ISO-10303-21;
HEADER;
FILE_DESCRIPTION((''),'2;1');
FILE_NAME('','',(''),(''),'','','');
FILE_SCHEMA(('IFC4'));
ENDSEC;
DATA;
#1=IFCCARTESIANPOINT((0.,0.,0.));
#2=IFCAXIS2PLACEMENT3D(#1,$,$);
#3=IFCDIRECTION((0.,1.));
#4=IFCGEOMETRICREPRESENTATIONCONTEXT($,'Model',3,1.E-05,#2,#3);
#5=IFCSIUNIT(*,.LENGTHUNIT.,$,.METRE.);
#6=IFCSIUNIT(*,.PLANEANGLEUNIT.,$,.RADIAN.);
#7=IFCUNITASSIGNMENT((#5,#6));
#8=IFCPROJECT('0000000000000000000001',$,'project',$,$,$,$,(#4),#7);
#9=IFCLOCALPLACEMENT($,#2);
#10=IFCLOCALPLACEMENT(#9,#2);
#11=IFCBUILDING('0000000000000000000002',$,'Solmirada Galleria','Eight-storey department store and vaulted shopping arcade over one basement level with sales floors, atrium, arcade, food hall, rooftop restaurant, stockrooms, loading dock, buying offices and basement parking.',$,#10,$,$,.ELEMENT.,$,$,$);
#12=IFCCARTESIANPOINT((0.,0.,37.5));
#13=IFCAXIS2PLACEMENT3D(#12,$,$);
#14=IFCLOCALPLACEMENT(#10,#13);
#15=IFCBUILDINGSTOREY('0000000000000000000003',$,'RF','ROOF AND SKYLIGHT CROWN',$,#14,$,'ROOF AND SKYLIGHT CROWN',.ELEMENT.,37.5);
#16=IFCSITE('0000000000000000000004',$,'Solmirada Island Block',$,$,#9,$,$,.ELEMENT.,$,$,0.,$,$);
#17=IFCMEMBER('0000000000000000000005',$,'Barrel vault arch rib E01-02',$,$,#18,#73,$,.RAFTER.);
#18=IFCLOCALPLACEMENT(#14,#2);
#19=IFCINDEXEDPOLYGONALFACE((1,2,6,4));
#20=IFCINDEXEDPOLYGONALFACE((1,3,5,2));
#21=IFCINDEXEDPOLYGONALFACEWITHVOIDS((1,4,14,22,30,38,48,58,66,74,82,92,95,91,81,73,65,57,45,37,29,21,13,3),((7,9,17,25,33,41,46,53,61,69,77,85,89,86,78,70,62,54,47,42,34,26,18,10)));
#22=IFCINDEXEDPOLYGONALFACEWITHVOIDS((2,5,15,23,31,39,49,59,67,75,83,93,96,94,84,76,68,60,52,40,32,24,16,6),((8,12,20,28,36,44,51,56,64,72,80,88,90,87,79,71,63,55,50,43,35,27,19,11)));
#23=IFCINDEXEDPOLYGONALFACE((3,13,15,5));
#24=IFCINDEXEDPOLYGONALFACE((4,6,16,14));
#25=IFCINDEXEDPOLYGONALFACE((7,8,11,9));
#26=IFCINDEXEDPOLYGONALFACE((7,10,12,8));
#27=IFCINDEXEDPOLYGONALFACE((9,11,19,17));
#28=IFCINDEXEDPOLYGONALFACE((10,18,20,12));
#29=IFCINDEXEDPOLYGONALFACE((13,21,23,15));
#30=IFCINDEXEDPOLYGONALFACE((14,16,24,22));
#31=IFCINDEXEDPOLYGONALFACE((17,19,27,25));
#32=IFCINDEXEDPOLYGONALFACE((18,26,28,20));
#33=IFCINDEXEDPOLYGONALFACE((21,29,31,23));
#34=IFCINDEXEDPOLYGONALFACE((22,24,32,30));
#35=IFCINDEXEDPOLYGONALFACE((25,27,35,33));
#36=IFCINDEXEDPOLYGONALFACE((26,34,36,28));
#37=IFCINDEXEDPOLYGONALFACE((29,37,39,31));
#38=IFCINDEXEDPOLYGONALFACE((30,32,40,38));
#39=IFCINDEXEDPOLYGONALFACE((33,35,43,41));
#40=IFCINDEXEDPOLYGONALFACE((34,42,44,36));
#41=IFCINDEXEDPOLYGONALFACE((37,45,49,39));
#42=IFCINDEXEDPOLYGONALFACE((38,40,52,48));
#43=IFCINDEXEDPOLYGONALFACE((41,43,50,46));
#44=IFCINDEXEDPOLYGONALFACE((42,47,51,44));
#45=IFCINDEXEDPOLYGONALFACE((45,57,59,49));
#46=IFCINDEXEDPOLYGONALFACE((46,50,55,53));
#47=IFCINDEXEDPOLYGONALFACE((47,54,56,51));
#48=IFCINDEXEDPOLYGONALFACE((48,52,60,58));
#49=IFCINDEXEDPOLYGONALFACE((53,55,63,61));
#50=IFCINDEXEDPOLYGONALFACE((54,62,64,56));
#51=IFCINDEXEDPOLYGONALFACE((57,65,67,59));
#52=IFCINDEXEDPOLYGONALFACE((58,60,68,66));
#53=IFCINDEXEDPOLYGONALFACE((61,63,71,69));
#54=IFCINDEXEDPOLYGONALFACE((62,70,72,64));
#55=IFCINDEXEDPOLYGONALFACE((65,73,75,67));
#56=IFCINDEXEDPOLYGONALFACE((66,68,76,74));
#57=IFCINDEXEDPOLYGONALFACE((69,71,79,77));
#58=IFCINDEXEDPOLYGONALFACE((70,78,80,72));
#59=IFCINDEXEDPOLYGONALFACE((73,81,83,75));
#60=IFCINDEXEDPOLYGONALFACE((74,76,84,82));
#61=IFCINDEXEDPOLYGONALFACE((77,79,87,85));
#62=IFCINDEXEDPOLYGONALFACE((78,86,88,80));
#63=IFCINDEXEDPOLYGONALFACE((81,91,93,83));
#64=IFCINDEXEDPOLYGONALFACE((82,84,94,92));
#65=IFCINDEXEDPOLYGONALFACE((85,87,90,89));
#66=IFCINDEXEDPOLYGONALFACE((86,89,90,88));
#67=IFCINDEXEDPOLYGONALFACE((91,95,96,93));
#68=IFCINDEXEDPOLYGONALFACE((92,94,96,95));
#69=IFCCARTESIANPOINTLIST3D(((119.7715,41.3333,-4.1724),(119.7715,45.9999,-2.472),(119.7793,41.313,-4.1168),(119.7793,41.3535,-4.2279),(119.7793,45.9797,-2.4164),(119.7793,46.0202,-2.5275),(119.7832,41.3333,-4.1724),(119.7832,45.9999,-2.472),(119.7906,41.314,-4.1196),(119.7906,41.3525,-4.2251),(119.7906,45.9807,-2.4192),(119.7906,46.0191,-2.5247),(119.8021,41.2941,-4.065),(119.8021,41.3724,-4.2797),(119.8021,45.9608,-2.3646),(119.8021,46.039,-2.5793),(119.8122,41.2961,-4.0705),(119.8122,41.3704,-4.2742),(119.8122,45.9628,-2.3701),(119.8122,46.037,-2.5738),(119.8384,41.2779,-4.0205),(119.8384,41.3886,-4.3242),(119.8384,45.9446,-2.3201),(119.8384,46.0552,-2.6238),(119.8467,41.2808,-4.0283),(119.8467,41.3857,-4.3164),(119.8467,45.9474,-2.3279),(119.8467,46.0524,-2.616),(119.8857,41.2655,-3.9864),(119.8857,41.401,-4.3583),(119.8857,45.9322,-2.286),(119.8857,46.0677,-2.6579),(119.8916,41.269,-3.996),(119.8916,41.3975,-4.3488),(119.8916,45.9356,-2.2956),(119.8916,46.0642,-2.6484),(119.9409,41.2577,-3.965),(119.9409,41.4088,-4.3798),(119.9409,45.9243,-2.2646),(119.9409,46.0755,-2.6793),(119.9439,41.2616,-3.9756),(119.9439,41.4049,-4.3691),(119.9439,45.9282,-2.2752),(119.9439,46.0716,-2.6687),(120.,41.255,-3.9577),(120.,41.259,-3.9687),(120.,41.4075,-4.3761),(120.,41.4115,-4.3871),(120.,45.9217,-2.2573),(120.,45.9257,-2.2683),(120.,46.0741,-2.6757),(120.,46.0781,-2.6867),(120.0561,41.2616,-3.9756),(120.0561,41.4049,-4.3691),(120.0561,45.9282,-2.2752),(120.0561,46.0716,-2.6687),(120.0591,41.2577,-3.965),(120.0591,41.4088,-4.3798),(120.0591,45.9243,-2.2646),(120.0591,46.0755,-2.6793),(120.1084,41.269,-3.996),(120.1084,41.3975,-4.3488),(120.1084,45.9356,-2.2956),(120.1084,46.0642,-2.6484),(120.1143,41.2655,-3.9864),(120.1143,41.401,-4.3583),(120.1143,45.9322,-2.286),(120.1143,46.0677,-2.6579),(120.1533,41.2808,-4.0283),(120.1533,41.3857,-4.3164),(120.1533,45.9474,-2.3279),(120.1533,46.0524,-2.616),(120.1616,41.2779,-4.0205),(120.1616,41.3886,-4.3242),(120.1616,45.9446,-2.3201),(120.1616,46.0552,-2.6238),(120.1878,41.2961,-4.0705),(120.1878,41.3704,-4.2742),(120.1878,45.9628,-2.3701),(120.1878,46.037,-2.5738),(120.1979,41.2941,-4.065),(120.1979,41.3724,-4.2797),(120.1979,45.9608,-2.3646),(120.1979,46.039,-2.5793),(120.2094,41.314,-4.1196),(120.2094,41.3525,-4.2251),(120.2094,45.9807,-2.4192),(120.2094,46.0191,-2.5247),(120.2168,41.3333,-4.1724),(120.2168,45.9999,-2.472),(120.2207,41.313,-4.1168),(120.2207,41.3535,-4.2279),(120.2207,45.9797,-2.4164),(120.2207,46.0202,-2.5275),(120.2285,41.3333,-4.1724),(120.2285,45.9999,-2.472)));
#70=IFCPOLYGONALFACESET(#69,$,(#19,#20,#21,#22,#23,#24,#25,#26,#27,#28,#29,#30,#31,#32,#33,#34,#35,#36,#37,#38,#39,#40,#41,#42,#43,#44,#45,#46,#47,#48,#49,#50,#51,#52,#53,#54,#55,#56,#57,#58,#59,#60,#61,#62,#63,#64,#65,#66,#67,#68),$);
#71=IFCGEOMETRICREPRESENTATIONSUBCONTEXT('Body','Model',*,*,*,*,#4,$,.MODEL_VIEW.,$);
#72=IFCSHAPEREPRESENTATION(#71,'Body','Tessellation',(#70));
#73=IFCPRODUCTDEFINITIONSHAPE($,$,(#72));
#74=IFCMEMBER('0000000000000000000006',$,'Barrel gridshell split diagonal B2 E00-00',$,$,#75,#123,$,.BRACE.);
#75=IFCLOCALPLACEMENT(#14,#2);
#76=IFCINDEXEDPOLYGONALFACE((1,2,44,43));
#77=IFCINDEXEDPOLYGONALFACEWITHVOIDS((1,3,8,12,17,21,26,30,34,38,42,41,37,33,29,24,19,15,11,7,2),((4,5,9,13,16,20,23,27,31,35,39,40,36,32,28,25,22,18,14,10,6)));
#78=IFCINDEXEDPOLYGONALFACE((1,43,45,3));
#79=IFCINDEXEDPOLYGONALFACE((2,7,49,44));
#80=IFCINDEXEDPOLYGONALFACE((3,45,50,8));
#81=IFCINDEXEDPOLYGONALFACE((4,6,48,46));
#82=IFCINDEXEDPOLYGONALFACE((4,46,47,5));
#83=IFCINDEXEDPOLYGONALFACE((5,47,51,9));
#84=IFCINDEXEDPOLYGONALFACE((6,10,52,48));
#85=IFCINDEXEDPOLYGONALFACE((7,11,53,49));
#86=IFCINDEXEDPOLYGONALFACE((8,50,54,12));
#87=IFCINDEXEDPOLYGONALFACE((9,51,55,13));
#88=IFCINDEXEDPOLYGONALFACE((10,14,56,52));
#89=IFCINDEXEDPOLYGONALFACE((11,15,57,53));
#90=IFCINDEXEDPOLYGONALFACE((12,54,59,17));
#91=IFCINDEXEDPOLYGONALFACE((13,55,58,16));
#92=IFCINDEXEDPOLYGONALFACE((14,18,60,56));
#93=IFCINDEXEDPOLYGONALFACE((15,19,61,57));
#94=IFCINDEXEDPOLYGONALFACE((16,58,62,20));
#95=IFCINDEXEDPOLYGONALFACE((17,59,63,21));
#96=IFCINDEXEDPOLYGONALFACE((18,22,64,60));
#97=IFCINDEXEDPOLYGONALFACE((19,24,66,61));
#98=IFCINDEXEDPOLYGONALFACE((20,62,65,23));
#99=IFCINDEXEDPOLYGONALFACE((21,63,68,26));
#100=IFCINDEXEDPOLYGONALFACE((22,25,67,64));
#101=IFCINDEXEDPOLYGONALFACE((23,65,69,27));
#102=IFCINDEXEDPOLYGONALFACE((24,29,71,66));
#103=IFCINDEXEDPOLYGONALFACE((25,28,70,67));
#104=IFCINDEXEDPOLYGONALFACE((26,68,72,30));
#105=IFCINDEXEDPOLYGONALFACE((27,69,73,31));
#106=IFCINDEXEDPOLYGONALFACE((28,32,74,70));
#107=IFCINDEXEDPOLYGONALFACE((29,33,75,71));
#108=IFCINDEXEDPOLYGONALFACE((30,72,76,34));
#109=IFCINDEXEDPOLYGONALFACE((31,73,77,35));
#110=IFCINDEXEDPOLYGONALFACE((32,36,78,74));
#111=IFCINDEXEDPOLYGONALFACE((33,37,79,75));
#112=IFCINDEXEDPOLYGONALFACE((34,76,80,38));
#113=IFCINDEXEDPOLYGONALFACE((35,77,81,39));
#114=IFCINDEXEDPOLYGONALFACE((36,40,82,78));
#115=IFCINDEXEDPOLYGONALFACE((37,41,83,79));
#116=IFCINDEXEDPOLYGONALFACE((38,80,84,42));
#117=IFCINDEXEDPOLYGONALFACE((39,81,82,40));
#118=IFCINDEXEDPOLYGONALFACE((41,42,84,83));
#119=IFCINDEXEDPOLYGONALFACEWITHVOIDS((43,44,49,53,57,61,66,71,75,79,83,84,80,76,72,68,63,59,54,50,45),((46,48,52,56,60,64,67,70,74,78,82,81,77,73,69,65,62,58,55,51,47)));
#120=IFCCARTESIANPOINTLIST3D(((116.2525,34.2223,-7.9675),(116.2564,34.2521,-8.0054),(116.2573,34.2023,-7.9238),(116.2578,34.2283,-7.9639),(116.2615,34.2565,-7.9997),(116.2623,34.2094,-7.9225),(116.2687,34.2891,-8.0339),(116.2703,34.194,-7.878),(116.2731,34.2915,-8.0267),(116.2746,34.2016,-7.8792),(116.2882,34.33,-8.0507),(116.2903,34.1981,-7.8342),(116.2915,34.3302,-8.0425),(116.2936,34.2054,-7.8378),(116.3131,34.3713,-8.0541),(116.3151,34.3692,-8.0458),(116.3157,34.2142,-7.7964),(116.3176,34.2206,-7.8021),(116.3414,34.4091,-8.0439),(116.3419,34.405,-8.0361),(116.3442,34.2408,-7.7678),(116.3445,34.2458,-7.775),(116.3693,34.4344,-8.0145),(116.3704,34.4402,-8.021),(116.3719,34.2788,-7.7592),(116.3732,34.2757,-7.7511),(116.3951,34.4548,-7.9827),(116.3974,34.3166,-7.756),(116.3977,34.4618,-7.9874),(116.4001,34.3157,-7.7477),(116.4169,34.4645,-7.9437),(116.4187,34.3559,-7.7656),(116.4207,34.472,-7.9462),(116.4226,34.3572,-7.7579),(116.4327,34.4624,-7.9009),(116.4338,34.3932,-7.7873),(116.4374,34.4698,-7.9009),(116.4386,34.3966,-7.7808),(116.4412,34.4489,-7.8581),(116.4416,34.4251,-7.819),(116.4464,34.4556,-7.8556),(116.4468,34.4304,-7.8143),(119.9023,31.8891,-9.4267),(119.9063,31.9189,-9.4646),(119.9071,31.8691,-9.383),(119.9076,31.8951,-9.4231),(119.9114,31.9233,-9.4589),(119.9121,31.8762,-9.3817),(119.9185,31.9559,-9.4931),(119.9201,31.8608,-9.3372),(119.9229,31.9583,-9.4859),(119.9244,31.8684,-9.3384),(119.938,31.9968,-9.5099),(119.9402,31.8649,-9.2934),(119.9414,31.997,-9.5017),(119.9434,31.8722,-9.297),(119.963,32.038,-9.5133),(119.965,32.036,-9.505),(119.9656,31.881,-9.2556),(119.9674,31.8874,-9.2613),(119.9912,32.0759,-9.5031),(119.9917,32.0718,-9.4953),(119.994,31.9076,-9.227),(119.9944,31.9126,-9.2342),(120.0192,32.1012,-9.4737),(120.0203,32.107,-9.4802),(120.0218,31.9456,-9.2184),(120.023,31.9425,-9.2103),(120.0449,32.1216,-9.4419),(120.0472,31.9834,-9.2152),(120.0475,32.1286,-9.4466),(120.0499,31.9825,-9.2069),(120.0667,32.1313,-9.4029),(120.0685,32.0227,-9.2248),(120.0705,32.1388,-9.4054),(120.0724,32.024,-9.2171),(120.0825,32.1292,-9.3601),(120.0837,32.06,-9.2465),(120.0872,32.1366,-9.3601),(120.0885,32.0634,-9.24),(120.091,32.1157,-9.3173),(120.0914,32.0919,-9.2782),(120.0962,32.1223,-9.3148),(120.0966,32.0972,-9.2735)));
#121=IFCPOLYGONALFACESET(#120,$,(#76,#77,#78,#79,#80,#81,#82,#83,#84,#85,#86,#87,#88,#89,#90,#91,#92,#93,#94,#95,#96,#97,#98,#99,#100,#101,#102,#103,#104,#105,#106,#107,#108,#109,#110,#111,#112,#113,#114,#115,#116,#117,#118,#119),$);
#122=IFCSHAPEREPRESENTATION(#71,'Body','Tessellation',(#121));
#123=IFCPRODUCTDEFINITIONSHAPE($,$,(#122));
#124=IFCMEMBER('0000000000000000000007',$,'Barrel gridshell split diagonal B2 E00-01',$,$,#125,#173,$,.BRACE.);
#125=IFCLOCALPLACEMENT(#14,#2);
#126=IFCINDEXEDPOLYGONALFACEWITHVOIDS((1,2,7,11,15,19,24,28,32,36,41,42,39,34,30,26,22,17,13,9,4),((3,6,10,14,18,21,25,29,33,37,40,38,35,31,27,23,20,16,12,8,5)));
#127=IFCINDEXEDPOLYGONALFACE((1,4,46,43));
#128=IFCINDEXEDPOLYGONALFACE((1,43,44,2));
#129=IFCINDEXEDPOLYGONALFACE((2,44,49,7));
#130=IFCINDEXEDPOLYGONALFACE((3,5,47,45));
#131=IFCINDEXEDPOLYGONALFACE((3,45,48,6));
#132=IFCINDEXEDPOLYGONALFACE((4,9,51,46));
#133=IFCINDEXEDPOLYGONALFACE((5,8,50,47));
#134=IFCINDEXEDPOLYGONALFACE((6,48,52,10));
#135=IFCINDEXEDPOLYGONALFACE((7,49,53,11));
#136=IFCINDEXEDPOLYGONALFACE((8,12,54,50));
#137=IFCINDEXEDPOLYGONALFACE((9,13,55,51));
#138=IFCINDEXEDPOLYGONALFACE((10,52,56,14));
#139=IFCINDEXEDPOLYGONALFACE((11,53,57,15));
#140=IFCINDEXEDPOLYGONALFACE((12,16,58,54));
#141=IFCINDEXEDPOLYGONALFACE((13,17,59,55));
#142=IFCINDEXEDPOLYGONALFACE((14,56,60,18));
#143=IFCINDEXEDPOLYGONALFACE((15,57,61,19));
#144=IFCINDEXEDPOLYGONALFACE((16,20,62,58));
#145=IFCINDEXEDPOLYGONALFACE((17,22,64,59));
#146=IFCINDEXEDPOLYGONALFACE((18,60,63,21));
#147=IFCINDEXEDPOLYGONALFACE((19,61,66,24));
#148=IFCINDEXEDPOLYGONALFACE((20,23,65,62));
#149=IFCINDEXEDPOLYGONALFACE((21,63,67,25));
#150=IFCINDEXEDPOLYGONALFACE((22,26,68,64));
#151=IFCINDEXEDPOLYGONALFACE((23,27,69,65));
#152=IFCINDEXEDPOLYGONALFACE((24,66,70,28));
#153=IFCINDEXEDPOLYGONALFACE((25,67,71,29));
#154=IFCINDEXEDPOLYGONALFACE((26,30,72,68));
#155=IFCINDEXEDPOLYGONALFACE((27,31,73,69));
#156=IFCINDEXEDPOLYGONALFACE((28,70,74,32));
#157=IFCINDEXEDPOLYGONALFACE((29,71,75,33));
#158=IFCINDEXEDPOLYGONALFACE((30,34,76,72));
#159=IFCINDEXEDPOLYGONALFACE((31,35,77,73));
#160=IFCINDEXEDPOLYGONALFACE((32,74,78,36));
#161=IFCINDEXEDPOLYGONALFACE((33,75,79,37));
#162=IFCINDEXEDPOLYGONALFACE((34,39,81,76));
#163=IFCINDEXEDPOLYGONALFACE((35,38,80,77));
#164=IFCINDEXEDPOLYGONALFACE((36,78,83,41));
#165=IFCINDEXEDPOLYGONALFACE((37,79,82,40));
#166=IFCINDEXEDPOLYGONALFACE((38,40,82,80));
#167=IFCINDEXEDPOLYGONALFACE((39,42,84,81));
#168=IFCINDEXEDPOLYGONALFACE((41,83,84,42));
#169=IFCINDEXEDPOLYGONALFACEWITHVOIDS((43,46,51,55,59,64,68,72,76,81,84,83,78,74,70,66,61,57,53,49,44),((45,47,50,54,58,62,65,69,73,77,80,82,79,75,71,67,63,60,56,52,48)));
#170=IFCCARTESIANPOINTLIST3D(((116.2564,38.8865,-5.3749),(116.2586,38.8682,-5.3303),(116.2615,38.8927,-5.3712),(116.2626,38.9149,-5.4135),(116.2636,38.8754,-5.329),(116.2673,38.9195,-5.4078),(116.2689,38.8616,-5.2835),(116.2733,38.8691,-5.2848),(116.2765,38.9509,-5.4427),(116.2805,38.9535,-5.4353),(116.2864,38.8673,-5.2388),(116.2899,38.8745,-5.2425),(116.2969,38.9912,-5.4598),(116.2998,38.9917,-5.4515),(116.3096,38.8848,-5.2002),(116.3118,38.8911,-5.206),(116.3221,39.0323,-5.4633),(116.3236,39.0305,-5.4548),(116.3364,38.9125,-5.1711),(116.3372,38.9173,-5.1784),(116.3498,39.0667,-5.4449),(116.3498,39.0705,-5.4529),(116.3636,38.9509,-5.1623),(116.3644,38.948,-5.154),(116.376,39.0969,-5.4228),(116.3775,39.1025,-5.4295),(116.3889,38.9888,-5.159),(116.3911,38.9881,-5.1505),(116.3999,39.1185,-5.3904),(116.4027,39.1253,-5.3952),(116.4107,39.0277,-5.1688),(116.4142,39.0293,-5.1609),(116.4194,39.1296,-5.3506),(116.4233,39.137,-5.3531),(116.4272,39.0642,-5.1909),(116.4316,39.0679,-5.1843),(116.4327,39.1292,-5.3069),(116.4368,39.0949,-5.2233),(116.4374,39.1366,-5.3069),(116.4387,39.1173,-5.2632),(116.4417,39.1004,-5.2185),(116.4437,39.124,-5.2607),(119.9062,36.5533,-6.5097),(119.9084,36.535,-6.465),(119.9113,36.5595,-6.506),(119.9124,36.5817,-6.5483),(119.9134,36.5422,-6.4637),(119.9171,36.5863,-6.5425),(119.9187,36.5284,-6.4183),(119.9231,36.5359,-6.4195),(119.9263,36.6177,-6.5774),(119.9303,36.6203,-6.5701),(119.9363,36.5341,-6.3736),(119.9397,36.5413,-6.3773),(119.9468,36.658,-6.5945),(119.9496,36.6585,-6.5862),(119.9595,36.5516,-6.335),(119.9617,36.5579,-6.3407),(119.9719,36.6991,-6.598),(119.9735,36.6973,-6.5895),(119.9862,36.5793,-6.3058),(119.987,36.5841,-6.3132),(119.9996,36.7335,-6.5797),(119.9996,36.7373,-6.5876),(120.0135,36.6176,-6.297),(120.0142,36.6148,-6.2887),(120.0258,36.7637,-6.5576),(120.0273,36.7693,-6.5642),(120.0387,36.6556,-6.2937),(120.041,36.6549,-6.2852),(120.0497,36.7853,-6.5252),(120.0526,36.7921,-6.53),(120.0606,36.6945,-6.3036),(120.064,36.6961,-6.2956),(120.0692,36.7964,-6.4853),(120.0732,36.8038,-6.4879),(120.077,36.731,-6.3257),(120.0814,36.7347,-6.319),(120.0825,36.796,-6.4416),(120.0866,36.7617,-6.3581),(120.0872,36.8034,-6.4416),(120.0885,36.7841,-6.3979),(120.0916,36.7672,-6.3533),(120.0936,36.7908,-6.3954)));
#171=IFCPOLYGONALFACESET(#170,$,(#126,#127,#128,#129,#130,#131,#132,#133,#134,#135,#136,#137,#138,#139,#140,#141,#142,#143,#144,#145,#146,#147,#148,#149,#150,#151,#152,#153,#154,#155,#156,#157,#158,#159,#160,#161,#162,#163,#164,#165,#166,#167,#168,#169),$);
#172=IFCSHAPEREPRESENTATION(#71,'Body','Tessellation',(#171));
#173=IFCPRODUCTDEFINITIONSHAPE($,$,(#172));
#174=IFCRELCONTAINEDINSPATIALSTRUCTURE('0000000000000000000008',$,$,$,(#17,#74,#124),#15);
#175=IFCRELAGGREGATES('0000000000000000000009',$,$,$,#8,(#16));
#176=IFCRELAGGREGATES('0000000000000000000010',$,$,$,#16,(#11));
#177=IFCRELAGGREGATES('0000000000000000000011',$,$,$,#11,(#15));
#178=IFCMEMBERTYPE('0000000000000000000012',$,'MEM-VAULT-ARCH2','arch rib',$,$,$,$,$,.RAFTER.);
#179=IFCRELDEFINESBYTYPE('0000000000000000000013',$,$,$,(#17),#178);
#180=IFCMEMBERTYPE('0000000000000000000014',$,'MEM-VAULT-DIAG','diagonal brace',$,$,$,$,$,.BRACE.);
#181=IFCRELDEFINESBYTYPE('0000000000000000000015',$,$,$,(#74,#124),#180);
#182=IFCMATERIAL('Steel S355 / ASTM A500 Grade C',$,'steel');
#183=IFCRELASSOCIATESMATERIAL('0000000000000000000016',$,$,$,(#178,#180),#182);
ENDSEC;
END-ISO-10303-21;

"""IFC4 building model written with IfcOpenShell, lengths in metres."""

from ifc_helpers import new_model, si_unit, direction, frame, origin, origin_2d, place, context, subcontext, project, spatial, hollow_circle, extrude, material, material_profile, profile_set, type_object, element, save


model = new_model("IFC4")

# Units and contexts
model_context = context("Model", 3, precision=1e-05, world=origin(), true_north=direction((0.0, 1.0)))
body_context = subcontext(model_context, "Body", "Model", "MODEL_VIEW")
ifc_project = project(units=[si_unit("LENGTHUNIT", "METRE"), si_unit("PLANEANGLEUNIT", "RADIAN")], contexts=[model_context])

# Site, building, storey
site_placement = place(None, origin())
site = spatial("IfcSite", under=ifc_project, at=site_placement, Name="Solmirada Island Block", CompositionType="ELEMENT", RefElevation=0.0)
building_placement = place(site_placement, origin())
building = spatial("IfcBuilding", under=site, at=building_placement, Name="Solmirada Galleria", Description="Eight-storey department store and vaulted shopping arcade over one basement level with sales floors, atrium, arcade, food hall, rooftop restaurant, stockrooms, loading dock, buying offices and basement parking.", CompositionType="ELEMENT")
storey_placement = place(building_placement, frame((0.0, 0.0, 37.5)))
storey = spatial("IfcBuildingStorey", under=building, at=storey_placement, Name="RF", Description="ROOF AND SKYLIGHT CROWN", LongName="ROOF AND SKYLIGHT CROWN", CompositionType="ELEMENT", Elevation=37.5)

# Members
ifc_material_1 = material(Name="Steel S355 / ASTM A500 Grade C", Category="steel")
ifc_material_profile_1 = material_profile(ifc_material_1, hollow_circle(Radius=0.2285, WallThickness=0.0117, at=origin_2d()), Name="HSS18.000X0.500")
ifc_profile_set_1 = profile_set([ifc_material_profile_1], Name="Steel S355 / ASTM A500 Grade C")
member_type_1 = type_object("IfcMemberType", Name="MEM-VAULT-ARCH2", Description="arch rib", PredefinedType="RAFTER", material=ifc_profile_set_1)
member_1_placement = place(storey_placement, frame((120.0, 41.3333, -4.1724), z_axis=(0.0, 0.939571, 0.342355), x_axis=(-1.0, 0.0, 0.0)))
element("IfcMember", 1, at=member_1_placement, inside=storey, type_object=member_type_1, Name="Barrel vault arch rib E01-02", PredefinedType="RAFTER", context=body_context, shape_type="SweptSolid", body=[
    extrude(hollow_circle(Radius=0.2285, WallThickness=0.0117, at=origin_2d()), origin(), (0.0, 0.0, 1.0), 4.9668),
])
ifc_material_profile_2 = material_profile(ifc_material_1, hollow_circle(Radius=0.1621, WallThickness=0.0088, at=origin_2d()), Name="HSS12.750X0.375")
ifc_profile_set_2 = profile_set([ifc_material_profile_2], Name="Steel S355 / ASTM A500 Grade C")
member_type_2 = type_object("IfcMemberType", Name="MEM-VAULT-DIAG", Description="diagonal brace", PredefinedType="BRACE", material=ifc_profile_set_2)
member_2_placement = place(storey_placement, frame((116.3501, 34.3333, -7.9009), z_axis=(0.798469, -0.510433, -0.319227), x_axis=(0.538614, 0.842553, 0.0)))
element("IfcMember", 2, at=member_2_placement, inside=storey, type_object=member_type_2, Name="Barrel gridshell split diagonal B2 E00-00", PredefinedType="BRACE", context=body_context, shape_type="SweptSolid", body=[
    extrude(hollow_circle(Radius=0.1621, WallThickness=0.0088, at=origin_2d()), origin(), (0.0, 0.0, 1.0), 4.571),
])
member_3_placement = place(storey_placement, frame((116.3501, 39.0, -5.3069), z_axis=(0.815053, -0.521034, -0.253402), x_axis=(0.538614, 0.842553, 0.0)))
element("IfcMember", 3, at=member_3_placement, inside=storey, type_object=member_type_2, Name="Barrel gridshell split diagonal B2 E00-01", PredefinedType="BRACE", context=body_context, shape_type="SweptSolid", body=[
    extrude(hollow_circle(Radius=0.1621, WallThickness=0.0088, at=origin_2d()), origin(), (0.0, 0.0, 1.0), 4.478),
])

save(model, "model.ifc")
